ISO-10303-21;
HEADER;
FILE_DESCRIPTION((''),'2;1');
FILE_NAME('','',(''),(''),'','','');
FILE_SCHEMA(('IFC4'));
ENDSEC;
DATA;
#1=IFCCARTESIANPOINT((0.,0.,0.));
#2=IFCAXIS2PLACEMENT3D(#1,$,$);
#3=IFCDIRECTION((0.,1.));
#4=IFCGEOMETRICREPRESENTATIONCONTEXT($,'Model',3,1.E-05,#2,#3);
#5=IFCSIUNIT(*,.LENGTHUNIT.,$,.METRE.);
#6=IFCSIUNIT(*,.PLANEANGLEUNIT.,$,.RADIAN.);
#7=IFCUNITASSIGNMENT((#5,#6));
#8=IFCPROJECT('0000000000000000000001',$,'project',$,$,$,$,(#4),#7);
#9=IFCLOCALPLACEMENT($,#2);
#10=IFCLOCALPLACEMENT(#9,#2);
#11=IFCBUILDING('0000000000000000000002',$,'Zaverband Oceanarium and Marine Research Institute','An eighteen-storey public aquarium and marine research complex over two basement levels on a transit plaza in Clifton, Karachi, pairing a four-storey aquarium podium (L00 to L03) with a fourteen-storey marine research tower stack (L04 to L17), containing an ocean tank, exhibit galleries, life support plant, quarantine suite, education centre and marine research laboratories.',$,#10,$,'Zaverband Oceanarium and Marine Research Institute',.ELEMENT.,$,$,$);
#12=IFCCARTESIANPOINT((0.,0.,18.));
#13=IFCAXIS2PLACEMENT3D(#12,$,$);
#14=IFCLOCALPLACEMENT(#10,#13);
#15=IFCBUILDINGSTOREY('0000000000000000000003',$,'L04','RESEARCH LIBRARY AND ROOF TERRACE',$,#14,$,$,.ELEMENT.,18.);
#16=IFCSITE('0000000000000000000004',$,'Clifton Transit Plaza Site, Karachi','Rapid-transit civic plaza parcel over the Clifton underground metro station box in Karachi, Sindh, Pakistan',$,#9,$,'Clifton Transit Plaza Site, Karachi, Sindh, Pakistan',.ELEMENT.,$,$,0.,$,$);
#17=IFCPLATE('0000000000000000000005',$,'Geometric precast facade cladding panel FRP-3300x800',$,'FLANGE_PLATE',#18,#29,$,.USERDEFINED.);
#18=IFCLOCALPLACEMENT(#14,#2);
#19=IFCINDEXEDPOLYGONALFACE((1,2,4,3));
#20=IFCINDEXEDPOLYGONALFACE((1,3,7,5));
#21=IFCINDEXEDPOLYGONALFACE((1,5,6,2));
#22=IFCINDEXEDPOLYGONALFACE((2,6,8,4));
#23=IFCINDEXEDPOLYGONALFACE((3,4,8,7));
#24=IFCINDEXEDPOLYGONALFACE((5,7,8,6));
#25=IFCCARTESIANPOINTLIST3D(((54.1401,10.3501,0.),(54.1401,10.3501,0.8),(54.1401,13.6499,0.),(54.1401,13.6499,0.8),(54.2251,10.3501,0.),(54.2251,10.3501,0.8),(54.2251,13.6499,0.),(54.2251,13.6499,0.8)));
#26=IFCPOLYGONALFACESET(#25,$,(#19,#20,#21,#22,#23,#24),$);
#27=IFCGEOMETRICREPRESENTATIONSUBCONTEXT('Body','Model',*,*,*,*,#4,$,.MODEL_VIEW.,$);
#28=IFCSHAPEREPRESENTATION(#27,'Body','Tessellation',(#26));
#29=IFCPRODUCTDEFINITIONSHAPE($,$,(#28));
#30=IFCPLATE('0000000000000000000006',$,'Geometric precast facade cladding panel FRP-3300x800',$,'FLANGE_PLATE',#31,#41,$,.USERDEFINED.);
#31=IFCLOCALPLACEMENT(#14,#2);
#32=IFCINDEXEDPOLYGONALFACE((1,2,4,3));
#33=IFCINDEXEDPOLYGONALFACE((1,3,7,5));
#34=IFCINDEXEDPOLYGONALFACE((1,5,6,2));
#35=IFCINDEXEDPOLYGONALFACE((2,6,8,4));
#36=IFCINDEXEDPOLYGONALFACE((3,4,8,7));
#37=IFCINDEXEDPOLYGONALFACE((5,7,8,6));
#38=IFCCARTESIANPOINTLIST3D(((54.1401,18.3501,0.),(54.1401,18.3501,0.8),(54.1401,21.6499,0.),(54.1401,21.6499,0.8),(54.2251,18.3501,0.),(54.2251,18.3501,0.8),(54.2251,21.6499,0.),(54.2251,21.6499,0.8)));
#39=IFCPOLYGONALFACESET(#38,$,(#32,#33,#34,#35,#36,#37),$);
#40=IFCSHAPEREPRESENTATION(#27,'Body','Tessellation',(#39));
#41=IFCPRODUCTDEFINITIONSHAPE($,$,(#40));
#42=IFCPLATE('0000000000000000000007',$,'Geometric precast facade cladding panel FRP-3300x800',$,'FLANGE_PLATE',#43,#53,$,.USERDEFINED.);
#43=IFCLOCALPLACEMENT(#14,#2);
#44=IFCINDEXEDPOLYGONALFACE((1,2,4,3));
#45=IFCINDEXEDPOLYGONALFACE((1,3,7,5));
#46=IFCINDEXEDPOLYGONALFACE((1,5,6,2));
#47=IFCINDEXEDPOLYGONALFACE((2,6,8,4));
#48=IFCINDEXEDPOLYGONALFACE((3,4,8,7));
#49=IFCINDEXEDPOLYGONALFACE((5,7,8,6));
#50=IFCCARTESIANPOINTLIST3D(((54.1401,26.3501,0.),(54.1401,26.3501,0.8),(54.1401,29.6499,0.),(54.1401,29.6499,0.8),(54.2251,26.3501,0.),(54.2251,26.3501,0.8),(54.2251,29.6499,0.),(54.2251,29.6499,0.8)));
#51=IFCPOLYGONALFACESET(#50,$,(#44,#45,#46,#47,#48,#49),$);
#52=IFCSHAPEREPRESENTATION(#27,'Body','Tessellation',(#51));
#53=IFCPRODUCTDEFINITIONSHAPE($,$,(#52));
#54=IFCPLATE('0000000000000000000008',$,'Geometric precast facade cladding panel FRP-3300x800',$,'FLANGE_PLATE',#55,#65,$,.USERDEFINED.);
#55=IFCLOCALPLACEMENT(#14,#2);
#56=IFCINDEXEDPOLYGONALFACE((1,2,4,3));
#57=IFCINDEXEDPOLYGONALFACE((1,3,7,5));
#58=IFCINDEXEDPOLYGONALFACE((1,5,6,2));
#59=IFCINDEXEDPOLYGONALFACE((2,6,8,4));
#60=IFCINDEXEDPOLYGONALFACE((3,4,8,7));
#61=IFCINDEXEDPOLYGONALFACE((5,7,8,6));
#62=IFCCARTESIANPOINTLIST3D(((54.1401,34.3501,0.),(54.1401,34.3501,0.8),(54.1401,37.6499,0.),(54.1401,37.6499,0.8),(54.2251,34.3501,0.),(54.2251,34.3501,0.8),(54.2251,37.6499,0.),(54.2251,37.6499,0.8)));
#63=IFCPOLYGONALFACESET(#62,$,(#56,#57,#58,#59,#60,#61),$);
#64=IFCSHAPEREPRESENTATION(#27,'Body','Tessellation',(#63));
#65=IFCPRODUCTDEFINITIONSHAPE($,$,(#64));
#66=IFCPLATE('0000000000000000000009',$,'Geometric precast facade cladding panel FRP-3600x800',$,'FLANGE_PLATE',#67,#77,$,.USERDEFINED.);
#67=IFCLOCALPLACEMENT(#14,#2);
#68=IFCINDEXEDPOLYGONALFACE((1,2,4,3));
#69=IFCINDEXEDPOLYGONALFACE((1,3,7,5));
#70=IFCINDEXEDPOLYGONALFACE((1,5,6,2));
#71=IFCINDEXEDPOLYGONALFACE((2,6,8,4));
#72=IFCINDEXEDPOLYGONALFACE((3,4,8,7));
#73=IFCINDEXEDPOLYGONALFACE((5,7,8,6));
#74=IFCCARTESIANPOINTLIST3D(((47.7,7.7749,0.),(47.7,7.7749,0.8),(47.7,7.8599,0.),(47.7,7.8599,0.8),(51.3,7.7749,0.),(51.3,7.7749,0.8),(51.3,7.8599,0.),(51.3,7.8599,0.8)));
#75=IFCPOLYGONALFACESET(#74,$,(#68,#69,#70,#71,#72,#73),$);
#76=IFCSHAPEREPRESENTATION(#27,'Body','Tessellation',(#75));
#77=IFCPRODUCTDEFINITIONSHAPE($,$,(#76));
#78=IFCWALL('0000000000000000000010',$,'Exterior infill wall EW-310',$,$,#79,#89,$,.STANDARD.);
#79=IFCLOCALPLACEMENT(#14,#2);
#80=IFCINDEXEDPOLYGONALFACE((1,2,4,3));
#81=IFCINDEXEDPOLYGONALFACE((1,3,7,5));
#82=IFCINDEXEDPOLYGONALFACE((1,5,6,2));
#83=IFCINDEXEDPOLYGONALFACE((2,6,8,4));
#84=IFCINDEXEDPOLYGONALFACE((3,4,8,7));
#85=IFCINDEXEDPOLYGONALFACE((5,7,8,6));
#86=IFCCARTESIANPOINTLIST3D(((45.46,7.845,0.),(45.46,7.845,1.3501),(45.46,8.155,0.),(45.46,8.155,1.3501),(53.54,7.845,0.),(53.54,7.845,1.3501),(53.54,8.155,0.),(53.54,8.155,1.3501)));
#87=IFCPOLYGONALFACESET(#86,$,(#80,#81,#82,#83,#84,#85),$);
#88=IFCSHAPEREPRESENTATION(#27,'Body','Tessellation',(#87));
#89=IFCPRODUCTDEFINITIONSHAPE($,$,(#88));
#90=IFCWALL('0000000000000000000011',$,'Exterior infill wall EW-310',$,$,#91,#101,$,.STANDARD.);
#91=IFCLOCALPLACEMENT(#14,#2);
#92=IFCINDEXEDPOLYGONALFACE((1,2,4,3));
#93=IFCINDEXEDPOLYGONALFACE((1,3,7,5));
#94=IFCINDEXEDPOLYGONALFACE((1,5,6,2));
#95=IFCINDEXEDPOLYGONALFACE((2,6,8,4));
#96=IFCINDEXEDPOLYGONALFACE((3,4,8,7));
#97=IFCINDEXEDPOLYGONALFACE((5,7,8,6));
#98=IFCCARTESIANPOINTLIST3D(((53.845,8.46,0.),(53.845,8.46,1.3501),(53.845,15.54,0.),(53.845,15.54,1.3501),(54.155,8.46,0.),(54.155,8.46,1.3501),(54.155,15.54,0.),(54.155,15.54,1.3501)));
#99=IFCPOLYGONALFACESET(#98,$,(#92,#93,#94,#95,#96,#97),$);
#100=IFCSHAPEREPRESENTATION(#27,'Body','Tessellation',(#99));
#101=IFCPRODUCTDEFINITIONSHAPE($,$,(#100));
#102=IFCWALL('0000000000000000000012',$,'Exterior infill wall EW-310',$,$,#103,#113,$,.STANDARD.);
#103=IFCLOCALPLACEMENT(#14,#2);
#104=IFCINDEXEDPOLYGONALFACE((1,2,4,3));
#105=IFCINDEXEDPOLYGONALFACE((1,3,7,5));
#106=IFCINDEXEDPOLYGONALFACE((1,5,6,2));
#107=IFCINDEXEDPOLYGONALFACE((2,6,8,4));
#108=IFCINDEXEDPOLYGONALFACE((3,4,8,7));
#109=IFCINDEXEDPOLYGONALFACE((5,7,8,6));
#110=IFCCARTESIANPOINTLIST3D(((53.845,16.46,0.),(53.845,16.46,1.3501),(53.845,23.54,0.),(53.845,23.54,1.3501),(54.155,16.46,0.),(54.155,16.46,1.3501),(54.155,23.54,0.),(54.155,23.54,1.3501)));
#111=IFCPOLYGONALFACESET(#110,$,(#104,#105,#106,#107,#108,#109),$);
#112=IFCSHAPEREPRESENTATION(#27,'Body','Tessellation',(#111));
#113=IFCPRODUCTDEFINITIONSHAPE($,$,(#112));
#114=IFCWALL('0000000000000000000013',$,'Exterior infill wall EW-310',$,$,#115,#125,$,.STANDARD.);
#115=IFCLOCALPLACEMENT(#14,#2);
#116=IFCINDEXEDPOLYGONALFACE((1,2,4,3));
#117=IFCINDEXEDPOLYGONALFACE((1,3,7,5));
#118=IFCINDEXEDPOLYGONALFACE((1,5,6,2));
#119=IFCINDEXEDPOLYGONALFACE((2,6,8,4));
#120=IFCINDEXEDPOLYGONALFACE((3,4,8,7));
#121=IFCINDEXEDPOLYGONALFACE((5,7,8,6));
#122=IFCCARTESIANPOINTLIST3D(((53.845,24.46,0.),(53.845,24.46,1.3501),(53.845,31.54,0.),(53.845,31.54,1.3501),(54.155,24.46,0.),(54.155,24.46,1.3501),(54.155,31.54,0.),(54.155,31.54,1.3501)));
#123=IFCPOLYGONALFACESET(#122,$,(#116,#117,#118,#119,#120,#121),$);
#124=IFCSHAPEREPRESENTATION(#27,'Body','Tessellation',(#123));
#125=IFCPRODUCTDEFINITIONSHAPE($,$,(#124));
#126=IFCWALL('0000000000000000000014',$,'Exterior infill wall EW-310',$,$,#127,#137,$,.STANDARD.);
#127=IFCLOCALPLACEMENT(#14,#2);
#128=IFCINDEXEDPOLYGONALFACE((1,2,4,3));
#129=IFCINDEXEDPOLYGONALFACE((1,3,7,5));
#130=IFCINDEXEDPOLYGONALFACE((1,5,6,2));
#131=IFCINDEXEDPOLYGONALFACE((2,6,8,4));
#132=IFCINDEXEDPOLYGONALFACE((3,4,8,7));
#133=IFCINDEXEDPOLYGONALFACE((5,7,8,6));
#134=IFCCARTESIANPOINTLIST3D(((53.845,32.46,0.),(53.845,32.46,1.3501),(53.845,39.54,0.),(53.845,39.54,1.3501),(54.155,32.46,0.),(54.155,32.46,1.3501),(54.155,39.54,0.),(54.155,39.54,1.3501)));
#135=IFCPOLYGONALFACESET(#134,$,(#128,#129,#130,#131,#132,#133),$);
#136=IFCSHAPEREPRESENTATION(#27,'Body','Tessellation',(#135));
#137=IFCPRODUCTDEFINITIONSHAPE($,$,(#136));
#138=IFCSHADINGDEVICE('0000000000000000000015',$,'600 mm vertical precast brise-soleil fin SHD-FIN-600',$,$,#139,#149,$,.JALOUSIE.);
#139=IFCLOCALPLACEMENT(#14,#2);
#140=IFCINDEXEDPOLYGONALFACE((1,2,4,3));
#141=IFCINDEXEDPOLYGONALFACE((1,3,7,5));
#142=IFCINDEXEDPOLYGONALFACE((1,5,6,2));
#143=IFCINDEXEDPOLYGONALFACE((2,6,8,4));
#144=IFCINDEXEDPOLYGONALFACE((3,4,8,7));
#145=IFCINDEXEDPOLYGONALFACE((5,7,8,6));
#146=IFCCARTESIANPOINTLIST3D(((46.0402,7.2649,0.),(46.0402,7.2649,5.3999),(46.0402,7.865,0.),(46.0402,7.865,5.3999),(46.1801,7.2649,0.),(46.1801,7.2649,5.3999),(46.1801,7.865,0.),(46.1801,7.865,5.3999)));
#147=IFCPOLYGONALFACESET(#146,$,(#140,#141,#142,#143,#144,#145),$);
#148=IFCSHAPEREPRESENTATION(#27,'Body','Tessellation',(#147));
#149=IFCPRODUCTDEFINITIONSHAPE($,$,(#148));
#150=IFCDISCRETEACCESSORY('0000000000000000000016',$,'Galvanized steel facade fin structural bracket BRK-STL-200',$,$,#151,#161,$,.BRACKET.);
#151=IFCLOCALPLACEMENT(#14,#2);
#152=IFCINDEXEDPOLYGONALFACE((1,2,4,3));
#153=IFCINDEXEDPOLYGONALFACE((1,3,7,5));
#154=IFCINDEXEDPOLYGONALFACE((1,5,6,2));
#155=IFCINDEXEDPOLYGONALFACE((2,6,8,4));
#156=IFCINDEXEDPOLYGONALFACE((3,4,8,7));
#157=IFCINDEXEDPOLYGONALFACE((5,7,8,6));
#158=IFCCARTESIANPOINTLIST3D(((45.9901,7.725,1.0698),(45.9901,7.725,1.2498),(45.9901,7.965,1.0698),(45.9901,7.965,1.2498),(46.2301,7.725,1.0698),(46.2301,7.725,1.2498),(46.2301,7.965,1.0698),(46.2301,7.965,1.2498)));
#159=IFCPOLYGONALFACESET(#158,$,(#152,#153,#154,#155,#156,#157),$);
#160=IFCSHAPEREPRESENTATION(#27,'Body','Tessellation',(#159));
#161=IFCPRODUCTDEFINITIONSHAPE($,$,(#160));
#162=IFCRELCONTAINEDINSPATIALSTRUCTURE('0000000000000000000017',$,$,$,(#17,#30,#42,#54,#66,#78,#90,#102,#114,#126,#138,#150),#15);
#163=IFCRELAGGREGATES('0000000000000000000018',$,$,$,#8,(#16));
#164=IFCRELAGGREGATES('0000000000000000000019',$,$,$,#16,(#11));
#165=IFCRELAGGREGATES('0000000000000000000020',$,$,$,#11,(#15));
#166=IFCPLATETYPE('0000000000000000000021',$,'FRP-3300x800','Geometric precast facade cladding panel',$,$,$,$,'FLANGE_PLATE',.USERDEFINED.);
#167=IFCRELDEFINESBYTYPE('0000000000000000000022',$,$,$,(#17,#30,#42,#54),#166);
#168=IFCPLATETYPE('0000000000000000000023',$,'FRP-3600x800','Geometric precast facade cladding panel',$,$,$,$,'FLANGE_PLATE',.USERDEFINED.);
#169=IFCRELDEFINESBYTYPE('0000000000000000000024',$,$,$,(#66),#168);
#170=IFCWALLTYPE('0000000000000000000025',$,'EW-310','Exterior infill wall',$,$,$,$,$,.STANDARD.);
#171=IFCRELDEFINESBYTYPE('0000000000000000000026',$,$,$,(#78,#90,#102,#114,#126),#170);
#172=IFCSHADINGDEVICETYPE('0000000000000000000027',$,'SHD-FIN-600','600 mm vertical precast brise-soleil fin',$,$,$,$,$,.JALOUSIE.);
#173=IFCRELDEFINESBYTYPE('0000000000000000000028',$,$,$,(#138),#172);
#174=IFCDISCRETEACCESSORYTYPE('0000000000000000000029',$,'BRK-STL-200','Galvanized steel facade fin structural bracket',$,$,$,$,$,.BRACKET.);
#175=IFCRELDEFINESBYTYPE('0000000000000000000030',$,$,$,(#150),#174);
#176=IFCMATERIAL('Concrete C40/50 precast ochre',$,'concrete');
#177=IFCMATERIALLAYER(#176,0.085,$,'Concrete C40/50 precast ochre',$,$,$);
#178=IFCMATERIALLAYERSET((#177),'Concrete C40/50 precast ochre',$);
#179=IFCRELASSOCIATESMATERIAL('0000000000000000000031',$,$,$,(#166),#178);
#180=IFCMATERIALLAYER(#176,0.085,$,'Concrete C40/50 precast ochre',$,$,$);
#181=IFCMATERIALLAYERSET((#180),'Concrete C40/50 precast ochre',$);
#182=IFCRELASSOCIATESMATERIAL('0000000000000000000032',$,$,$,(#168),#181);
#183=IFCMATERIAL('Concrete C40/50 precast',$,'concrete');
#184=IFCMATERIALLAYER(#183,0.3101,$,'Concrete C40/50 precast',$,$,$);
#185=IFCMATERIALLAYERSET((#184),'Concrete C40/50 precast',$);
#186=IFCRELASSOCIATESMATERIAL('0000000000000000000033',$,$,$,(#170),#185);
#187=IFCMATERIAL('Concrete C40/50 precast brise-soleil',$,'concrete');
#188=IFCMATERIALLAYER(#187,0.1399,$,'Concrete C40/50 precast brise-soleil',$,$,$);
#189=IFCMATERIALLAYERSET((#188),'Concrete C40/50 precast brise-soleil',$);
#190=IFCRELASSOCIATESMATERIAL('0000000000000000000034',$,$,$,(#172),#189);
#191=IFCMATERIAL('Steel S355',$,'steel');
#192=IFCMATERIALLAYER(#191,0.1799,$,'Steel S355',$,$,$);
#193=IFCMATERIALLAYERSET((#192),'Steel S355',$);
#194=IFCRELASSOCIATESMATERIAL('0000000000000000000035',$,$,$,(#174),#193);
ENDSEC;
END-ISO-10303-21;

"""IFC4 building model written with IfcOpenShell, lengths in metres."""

from ifc_helpers import new_model, si_unit, direction, frame, frame_2d, origin, origin_2d, place, context, subcontext, project, spatial, rectangle, extrude, material, layer, layer_set, type_object, element, save


model = new_model("IFC4")

# Units and contexts
model_context = context("Model", 3, precision=1e-05, world=origin(), true_north=direction((0.0, 1.0)))
body_context = subcontext(model_context, "Body", "Model", "MODEL_VIEW")
ifc_project = project(units=[si_unit("LENGTHUNIT", "METRE"), si_unit("PLANEANGLEUNIT", "RADIAN")], contexts=[model_context])

# Site, building, storey
site_placement = place(None, origin())
site = spatial("IfcSite", under=ifc_project, at=site_placement, Name="Clifton Transit Plaza Site, Karachi", Description="Rapid-transit civic plaza parcel over the Clifton underground metro station box in Karachi, Sindh, Pakistan", LongName="Clifton Transit Plaza Site, Karachi, Sindh, Pakistan", CompositionType="ELEMENT", RefElevation=0.0)
building_placement = place(site_placement, origin())
building = spatial("IfcBuilding", under=site, at=building_placement, Name="Zaverband Oceanarium and Marine Research Institute", Description="An eighteen-storey public aquarium and marine research complex over two basement levels on a transit plaza in Clifton, Karachi, pairing a four-storey aquarium podium (L00 to L03) with a fourteen-storey marine research tower stack (L04 to L17), containing an ocean tank, exhibit galleries, life support plant, quarantine suite, education centre and marine research laboratories.", LongName="Zaverband Oceanarium and Marine Research Institute", CompositionType="ELEMENT")
storey_placement = place(building_placement, frame((0.0, 0.0, 18.0)))
storey = spatial("IfcBuildingStorey", under=building, at=storey_placement, Name="L04", Description="RESEARCH LIBRARY AND ROOF TERRACE", CompositionType="ELEMENT", Elevation=18.0)

# Shared definitions
ifc_material_1 = material(Name="Steel S355", Category="steel")

# Plates
ifc_material_2 = material(Name="Concrete C40/50 precast ochre", Category="concrete")
ifc_layer_1 = layer(ifc_material_2, 0.085, Name="Concrete C40/50 precast ochre")
ifc_layer_set_1 = layer_set([ifc_layer_1], Name="Concrete C40/50 precast ochre")
plate_type_1 = type_object("IfcPlateType", Name="FRP-3300x800", Description="Geometric precast facade cladding panel", ElementType="FLANGE_PLATE", PredefinedType="USERDEFINED", material=ifc_layer_set_1)
for number, where, z_axis, x_axis, name in (
    (1, (54.1826, 10.3501, 0.0), (0.0, 0.0, 1.0), (0.0, 1.0, 0.0), "Geometric precast facade cladding panel FRP-3300x800"),
    (2, (54.1826, 18.3501, 0.0), (0.0, 0.0, 1.0), (0.0, 1.0, 0.0), "Geometric precast facade cladding panel FRP-3300x800"),
    (3, (54.1826, 26.3501, 0.0), (0.0, 0.0, 1.0), (0.0, 1.0, 0.0), "Geometric precast facade cladding panel FRP-3300x800"),
    (4, (54.1826, 34.3501, 0.0), (0.0, 0.0, 1.0), (0.0, 1.0, 0.0), "Geometric precast facade cladding panel FRP-3300x800"),
):
    element("IfcPlate", number, at=place(storey_placement, frame(where, z_axis=z_axis, x_axis=x_axis)), inside=storey, type_object=plate_type_1, Name=name, ObjectType="FLANGE_PLATE", PredefinedType="USERDEFINED", context=body_context, shape_type="SweptSolid", body=[
        extrude(rectangle(XDim=3.2998, YDim=0.085, at=frame_2d((1.6499, 0.0))), origin(), (0.0, 0.0, 1.0), 0.8),
    ])
ifc_layer_2 = layer(ifc_material_2, 0.085, Name="Concrete C40/50 precast ochre")
ifc_layer_set_2 = layer_set([ifc_layer_2], Name="Concrete C40/50 precast ochre")
plate_type_2 = type_object("IfcPlateType", Name="FRP-3600x800", Description="Geometric precast facade cladding panel", ElementType="FLANGE_PLATE", PredefinedType="USERDEFINED", material=ifc_layer_set_2)
plate_1_placement = place(storey_placement, frame((47.7, 7.8174, 0.0), z_axis=(0.0, 0.0, 1.0), x_axis=(1.0, 0.0, 0.0)))
element("IfcPlate", 5, at=plate_1_placement, inside=storey, type_object=plate_type_2, Name="Geometric precast facade cladding panel FRP-3600x800", ObjectType="FLANGE_PLATE", PredefinedType="USERDEFINED", context=body_context, shape_type="SweptSolid", body=[
    extrude(rectangle(XDim=3.6001, YDim=0.085, at=frame_2d((1.8, 0.0))), origin(), (0.0, 0.0, 1.0), 0.8),
])

# Walls
ifc_material_3 = material(Name="Concrete C40/50 precast", Category="concrete")
ifc_layer_3 = layer(ifc_material_3, 0.3101, Name="Concrete C40/50 precast")
ifc_layer_set_3 = layer_set([ifc_layer_3], Name="Concrete C40/50 precast")
wall_type = type_object("IfcWallType", Name="EW-310", Description="Exterior infill wall", PredefinedType="STANDARD", material=ifc_layer_set_3)
wall_placement = place(storey_placement, frame((45.46, 8.0, 0.0), z_axis=(0.0, 0.0, 1.0), x_axis=(1.0, 0.0, 0.0)))
element("IfcWall", 6, at=wall_placement, inside=storey, type_object=wall_type, Name="Exterior infill wall EW-310", PredefinedType="STANDARD", context=body_context, shape_type="SweptSolid", body=[
    extrude(rectangle(XDim=8.0801, YDim=0.3101, at=frame_2d((4.04, 0.0))), origin(), (0.0, 0.0, 1.0), 1.3501),
])
for number, where, z_axis, x_axis, name in (
    (7, (54.0, 8.46, 0.0), (0.0, 0.0, 1.0), (0.0, 1.0, 0.0), "Exterior infill wall EW-310"),
    (8, (54.0, 16.46, 0.0), (0.0, 0.0, 1.0), (0.0, 1.0, 0.0), "Exterior infill wall EW-310"),
    (9, (54.0, 24.46, 0.0), (0.0, 0.0, 1.0), (0.0, 1.0, 0.0), "Exterior infill wall EW-310"),
    (10, (54.0, 32.46, 0.0), (0.0, 0.0, 1.0), (0.0, 1.0, 0.0), "Exterior infill wall EW-310"),
):
    element("IfcWall", number, at=place(storey_placement, frame(where, z_axis=z_axis, x_axis=x_axis)), inside=storey, type_object=wall_type, Name=name, PredefinedType="STANDARD", context=body_context, shape_type="SweptSolid", body=[
        extrude(rectangle(XDim=7.0801, YDim=0.3101, at=frame_2d((3.54, 0.0))), origin(), (0.0, 0.0, 1.0), 1.3501),
    ])

# Shading device
ifc_material_4 = material(Name="Concrete C40/50 precast brise-soleil", Category="concrete")
ifc_layer_4 = layer(ifc_material_4, 0.1399, Name="Concrete C40/50 precast brise-soleil")
ifc_layer_set_4 = layer_set([ifc_layer_4], Name="Concrete C40/50 precast brise-soleil")
shading_device_type = type_object("IfcShadingDeviceType", Name="SHD-FIN-600", Description="600 mm vertical precast brise-soleil fin", PredefinedType="JALOUSIE", material=ifc_layer_set_4)
shading_device_placement = place(storey_placement, frame((46.1101, 7.865, 0.0), z_axis=(0.0, 0.0, 1.0), x_axis=(0.0, -1.0, 0.0)))
element("IfcShadingDevice", 11, at=shading_device_placement, inside=storey, type_object=shading_device_type, Name="600 mm vertical precast brise-soleil fin SHD-FIN-600", PredefinedType="JALOUSIE", context=body_context, shape_type="SweptSolid", body=[
    extrude(rectangle(XDim=0.6001, YDim=0.1399, at=frame_2d((0.3, 0.0))), origin(), (0.0, 0.0, 1.0), 5.3999),
])

# Discrete accessory
ifc_layer_5 = layer(ifc_material_1, 0.1799, Name="Steel S355")
ifc_layer_set_5 = layer_set([ifc_layer_5], Name="Steel S355")
discrete_accessory_type = type_object("IfcDiscreteAccessoryType", Name="BRK-STL-200", Description="Galvanized steel facade fin structural bracket", PredefinedType="BRACKET", material=ifc_layer_set_5)
discrete_accessory_placement = place(storey_placement, frame((46.1101, 7.845, 1.0698), z_axis=(0.0, 0.0, 1.0), x_axis=(1.0, 0.0, 0.0)))
element("IfcDiscreteAccessory", 12, at=discrete_accessory_placement, inside=storey, type_object=discrete_accessory_type, Name="Galvanized steel facade fin structural bracket BRK-STL-200", PredefinedType="BRACKET", context=body_context, shape_type="SweptSolid", body=[
    extrude(rectangle(XDim=0.24, YDim=0.24, at=origin_2d()), origin(), (0.0, 0.0, 1.0), 0.1799),
])

save(model, "model.ifc")
